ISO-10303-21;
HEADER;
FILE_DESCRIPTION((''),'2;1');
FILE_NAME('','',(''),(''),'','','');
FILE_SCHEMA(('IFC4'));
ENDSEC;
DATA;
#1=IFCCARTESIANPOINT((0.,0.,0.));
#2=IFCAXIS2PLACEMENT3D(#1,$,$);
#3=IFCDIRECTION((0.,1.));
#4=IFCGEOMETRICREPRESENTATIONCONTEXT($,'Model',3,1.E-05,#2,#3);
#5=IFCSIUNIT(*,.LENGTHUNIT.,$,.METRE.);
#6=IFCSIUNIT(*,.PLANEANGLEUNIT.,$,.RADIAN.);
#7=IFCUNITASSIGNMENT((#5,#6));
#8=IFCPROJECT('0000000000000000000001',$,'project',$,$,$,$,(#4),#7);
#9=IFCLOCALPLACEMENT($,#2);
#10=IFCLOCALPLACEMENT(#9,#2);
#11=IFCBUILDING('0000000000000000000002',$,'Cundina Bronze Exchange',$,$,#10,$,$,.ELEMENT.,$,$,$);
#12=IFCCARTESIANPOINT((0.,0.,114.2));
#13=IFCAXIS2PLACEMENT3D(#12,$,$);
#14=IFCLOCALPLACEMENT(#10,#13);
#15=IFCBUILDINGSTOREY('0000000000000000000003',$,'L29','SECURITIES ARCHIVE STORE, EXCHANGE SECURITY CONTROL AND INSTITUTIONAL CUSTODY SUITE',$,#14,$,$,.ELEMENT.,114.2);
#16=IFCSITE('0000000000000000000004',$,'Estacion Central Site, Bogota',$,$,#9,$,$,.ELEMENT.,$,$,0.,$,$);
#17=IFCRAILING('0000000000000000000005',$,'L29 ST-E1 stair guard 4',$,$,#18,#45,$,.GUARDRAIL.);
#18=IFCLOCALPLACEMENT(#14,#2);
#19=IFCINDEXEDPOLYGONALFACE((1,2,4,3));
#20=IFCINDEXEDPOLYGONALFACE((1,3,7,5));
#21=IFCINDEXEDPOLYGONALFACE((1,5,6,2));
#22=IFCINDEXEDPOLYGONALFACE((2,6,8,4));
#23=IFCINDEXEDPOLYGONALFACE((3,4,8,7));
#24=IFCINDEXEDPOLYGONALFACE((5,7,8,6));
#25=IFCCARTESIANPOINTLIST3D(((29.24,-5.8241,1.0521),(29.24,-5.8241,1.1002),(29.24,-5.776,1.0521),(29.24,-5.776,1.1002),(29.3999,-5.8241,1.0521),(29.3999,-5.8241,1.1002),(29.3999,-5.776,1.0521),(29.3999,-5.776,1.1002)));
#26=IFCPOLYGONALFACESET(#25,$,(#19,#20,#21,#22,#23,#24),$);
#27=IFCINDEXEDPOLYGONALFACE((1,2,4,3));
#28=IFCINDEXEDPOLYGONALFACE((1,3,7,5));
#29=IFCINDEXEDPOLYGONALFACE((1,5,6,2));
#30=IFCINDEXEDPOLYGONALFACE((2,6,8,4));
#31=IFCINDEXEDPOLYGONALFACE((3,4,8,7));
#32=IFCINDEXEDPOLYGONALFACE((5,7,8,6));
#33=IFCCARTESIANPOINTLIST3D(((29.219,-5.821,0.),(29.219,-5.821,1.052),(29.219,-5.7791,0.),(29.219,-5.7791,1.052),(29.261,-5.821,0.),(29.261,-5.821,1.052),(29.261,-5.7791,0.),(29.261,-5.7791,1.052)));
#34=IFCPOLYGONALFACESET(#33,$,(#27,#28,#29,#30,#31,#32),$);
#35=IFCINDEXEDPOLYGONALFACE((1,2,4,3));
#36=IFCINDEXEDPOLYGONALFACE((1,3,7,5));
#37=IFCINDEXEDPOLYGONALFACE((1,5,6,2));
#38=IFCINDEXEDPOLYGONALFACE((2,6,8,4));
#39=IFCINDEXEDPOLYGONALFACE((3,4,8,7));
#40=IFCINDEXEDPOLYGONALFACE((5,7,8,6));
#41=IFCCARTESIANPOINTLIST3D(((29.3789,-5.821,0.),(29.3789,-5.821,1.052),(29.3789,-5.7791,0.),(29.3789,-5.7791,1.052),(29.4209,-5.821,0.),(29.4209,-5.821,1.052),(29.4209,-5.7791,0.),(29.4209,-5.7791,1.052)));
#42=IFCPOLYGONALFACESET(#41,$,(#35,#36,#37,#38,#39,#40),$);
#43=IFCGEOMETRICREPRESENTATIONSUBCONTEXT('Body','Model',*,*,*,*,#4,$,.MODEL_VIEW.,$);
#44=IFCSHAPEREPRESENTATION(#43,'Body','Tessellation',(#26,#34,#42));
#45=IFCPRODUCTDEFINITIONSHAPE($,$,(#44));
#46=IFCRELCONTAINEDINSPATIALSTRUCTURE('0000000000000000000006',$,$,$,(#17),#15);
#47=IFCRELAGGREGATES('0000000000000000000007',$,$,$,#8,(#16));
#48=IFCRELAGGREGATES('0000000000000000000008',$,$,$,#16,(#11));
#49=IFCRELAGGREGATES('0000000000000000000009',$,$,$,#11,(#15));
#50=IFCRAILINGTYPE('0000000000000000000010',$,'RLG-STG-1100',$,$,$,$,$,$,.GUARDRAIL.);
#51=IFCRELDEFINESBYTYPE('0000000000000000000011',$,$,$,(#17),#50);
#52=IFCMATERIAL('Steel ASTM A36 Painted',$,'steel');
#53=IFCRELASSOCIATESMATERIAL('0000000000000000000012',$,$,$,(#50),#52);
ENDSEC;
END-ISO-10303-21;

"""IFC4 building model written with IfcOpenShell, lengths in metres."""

from ifc_helpers import new_model, si_unit, direction, frame, origin, origin_2d, place, context, subcontext, project, spatial, rectangle, extrude, material, type_object, element, save


model = new_model("IFC4")

# Units and contexts
model_context = context("Model", 3, precision=1e-05, world=origin(), true_north=direction((0.0, 1.0)))
body_context = subcontext(model_context, "Body", "Model", "MODEL_VIEW")
ifc_project = project(units=[si_unit("LENGTHUNIT", "METRE"), si_unit("PLANEANGLEUNIT", "RADIAN")], contexts=[model_context])

# Site, building, storey
site_placement = place(None, origin())
site = spatial("IfcSite", under=ifc_project, at=site_placement, Name="Estacion Central Site, Bogota", CompositionType="ELEMENT", RefElevation=0.0)
building_placement = place(site_placement, origin())
building = spatial("IfcBuilding", under=site, at=building_placement, Name="Cundina Bronze Exchange", CompositionType="ELEMENT")
storey_placement = place(building_placement, frame((0.0, 0.0, 114.2)))
storey = spatial("IfcBuildingStorey", under=building, at=storey_placement, Name="L29", Description="SECURITIES ARCHIVE STORE, EXCHANGE SECURITY CONTROL AND INSTITUTIONAL CUSTODY SUITE", CompositionType="ELEMENT", Elevation=114.2)

# Railing
ifc_material_1 = material(Name="Steel ASTM A36 Painted", Category="steel")
railing_type_1 = type_object("IfcRailingType", Name="RLG-STG-1100", PredefinedType="GUARDRAIL", material=ifc_material_1)
railing_1_placement = place(storey_placement, frame((29.24, -5.8, 0.0)))
element("IfcRailing", 1, at=railing_1_placement, inside=storey, type_object=railing_type_1, Name="L29 ST-E1 stair guard 4", PredefinedType="GUARDRAIL", context=body_context, shape_type="SweptSolid", body=[
    extrude(rectangle(XDim=0.0481, YDim=0.0481, at=origin_2d()), frame((0.0, 0.0, 1.0762), z_axis=(1.0, 0.0, 0.0), x_axis=(0.0, 1.0, 0.0)), (0.0, 0.0, 1.0), 0.1599),
    extrude(rectangle(XDim=0.042, YDim=0.042, at=origin_2d()), origin(), (0.0, 0.0, 1.0), 1.052),
    extrude(rectangle(XDim=0.042, YDim=0.042, at=origin_2d()), frame((0.1599, 0.0, 0.0)), (0.0, 0.0, 1.0), 1.052),
])

save(model, "model.ifc")
